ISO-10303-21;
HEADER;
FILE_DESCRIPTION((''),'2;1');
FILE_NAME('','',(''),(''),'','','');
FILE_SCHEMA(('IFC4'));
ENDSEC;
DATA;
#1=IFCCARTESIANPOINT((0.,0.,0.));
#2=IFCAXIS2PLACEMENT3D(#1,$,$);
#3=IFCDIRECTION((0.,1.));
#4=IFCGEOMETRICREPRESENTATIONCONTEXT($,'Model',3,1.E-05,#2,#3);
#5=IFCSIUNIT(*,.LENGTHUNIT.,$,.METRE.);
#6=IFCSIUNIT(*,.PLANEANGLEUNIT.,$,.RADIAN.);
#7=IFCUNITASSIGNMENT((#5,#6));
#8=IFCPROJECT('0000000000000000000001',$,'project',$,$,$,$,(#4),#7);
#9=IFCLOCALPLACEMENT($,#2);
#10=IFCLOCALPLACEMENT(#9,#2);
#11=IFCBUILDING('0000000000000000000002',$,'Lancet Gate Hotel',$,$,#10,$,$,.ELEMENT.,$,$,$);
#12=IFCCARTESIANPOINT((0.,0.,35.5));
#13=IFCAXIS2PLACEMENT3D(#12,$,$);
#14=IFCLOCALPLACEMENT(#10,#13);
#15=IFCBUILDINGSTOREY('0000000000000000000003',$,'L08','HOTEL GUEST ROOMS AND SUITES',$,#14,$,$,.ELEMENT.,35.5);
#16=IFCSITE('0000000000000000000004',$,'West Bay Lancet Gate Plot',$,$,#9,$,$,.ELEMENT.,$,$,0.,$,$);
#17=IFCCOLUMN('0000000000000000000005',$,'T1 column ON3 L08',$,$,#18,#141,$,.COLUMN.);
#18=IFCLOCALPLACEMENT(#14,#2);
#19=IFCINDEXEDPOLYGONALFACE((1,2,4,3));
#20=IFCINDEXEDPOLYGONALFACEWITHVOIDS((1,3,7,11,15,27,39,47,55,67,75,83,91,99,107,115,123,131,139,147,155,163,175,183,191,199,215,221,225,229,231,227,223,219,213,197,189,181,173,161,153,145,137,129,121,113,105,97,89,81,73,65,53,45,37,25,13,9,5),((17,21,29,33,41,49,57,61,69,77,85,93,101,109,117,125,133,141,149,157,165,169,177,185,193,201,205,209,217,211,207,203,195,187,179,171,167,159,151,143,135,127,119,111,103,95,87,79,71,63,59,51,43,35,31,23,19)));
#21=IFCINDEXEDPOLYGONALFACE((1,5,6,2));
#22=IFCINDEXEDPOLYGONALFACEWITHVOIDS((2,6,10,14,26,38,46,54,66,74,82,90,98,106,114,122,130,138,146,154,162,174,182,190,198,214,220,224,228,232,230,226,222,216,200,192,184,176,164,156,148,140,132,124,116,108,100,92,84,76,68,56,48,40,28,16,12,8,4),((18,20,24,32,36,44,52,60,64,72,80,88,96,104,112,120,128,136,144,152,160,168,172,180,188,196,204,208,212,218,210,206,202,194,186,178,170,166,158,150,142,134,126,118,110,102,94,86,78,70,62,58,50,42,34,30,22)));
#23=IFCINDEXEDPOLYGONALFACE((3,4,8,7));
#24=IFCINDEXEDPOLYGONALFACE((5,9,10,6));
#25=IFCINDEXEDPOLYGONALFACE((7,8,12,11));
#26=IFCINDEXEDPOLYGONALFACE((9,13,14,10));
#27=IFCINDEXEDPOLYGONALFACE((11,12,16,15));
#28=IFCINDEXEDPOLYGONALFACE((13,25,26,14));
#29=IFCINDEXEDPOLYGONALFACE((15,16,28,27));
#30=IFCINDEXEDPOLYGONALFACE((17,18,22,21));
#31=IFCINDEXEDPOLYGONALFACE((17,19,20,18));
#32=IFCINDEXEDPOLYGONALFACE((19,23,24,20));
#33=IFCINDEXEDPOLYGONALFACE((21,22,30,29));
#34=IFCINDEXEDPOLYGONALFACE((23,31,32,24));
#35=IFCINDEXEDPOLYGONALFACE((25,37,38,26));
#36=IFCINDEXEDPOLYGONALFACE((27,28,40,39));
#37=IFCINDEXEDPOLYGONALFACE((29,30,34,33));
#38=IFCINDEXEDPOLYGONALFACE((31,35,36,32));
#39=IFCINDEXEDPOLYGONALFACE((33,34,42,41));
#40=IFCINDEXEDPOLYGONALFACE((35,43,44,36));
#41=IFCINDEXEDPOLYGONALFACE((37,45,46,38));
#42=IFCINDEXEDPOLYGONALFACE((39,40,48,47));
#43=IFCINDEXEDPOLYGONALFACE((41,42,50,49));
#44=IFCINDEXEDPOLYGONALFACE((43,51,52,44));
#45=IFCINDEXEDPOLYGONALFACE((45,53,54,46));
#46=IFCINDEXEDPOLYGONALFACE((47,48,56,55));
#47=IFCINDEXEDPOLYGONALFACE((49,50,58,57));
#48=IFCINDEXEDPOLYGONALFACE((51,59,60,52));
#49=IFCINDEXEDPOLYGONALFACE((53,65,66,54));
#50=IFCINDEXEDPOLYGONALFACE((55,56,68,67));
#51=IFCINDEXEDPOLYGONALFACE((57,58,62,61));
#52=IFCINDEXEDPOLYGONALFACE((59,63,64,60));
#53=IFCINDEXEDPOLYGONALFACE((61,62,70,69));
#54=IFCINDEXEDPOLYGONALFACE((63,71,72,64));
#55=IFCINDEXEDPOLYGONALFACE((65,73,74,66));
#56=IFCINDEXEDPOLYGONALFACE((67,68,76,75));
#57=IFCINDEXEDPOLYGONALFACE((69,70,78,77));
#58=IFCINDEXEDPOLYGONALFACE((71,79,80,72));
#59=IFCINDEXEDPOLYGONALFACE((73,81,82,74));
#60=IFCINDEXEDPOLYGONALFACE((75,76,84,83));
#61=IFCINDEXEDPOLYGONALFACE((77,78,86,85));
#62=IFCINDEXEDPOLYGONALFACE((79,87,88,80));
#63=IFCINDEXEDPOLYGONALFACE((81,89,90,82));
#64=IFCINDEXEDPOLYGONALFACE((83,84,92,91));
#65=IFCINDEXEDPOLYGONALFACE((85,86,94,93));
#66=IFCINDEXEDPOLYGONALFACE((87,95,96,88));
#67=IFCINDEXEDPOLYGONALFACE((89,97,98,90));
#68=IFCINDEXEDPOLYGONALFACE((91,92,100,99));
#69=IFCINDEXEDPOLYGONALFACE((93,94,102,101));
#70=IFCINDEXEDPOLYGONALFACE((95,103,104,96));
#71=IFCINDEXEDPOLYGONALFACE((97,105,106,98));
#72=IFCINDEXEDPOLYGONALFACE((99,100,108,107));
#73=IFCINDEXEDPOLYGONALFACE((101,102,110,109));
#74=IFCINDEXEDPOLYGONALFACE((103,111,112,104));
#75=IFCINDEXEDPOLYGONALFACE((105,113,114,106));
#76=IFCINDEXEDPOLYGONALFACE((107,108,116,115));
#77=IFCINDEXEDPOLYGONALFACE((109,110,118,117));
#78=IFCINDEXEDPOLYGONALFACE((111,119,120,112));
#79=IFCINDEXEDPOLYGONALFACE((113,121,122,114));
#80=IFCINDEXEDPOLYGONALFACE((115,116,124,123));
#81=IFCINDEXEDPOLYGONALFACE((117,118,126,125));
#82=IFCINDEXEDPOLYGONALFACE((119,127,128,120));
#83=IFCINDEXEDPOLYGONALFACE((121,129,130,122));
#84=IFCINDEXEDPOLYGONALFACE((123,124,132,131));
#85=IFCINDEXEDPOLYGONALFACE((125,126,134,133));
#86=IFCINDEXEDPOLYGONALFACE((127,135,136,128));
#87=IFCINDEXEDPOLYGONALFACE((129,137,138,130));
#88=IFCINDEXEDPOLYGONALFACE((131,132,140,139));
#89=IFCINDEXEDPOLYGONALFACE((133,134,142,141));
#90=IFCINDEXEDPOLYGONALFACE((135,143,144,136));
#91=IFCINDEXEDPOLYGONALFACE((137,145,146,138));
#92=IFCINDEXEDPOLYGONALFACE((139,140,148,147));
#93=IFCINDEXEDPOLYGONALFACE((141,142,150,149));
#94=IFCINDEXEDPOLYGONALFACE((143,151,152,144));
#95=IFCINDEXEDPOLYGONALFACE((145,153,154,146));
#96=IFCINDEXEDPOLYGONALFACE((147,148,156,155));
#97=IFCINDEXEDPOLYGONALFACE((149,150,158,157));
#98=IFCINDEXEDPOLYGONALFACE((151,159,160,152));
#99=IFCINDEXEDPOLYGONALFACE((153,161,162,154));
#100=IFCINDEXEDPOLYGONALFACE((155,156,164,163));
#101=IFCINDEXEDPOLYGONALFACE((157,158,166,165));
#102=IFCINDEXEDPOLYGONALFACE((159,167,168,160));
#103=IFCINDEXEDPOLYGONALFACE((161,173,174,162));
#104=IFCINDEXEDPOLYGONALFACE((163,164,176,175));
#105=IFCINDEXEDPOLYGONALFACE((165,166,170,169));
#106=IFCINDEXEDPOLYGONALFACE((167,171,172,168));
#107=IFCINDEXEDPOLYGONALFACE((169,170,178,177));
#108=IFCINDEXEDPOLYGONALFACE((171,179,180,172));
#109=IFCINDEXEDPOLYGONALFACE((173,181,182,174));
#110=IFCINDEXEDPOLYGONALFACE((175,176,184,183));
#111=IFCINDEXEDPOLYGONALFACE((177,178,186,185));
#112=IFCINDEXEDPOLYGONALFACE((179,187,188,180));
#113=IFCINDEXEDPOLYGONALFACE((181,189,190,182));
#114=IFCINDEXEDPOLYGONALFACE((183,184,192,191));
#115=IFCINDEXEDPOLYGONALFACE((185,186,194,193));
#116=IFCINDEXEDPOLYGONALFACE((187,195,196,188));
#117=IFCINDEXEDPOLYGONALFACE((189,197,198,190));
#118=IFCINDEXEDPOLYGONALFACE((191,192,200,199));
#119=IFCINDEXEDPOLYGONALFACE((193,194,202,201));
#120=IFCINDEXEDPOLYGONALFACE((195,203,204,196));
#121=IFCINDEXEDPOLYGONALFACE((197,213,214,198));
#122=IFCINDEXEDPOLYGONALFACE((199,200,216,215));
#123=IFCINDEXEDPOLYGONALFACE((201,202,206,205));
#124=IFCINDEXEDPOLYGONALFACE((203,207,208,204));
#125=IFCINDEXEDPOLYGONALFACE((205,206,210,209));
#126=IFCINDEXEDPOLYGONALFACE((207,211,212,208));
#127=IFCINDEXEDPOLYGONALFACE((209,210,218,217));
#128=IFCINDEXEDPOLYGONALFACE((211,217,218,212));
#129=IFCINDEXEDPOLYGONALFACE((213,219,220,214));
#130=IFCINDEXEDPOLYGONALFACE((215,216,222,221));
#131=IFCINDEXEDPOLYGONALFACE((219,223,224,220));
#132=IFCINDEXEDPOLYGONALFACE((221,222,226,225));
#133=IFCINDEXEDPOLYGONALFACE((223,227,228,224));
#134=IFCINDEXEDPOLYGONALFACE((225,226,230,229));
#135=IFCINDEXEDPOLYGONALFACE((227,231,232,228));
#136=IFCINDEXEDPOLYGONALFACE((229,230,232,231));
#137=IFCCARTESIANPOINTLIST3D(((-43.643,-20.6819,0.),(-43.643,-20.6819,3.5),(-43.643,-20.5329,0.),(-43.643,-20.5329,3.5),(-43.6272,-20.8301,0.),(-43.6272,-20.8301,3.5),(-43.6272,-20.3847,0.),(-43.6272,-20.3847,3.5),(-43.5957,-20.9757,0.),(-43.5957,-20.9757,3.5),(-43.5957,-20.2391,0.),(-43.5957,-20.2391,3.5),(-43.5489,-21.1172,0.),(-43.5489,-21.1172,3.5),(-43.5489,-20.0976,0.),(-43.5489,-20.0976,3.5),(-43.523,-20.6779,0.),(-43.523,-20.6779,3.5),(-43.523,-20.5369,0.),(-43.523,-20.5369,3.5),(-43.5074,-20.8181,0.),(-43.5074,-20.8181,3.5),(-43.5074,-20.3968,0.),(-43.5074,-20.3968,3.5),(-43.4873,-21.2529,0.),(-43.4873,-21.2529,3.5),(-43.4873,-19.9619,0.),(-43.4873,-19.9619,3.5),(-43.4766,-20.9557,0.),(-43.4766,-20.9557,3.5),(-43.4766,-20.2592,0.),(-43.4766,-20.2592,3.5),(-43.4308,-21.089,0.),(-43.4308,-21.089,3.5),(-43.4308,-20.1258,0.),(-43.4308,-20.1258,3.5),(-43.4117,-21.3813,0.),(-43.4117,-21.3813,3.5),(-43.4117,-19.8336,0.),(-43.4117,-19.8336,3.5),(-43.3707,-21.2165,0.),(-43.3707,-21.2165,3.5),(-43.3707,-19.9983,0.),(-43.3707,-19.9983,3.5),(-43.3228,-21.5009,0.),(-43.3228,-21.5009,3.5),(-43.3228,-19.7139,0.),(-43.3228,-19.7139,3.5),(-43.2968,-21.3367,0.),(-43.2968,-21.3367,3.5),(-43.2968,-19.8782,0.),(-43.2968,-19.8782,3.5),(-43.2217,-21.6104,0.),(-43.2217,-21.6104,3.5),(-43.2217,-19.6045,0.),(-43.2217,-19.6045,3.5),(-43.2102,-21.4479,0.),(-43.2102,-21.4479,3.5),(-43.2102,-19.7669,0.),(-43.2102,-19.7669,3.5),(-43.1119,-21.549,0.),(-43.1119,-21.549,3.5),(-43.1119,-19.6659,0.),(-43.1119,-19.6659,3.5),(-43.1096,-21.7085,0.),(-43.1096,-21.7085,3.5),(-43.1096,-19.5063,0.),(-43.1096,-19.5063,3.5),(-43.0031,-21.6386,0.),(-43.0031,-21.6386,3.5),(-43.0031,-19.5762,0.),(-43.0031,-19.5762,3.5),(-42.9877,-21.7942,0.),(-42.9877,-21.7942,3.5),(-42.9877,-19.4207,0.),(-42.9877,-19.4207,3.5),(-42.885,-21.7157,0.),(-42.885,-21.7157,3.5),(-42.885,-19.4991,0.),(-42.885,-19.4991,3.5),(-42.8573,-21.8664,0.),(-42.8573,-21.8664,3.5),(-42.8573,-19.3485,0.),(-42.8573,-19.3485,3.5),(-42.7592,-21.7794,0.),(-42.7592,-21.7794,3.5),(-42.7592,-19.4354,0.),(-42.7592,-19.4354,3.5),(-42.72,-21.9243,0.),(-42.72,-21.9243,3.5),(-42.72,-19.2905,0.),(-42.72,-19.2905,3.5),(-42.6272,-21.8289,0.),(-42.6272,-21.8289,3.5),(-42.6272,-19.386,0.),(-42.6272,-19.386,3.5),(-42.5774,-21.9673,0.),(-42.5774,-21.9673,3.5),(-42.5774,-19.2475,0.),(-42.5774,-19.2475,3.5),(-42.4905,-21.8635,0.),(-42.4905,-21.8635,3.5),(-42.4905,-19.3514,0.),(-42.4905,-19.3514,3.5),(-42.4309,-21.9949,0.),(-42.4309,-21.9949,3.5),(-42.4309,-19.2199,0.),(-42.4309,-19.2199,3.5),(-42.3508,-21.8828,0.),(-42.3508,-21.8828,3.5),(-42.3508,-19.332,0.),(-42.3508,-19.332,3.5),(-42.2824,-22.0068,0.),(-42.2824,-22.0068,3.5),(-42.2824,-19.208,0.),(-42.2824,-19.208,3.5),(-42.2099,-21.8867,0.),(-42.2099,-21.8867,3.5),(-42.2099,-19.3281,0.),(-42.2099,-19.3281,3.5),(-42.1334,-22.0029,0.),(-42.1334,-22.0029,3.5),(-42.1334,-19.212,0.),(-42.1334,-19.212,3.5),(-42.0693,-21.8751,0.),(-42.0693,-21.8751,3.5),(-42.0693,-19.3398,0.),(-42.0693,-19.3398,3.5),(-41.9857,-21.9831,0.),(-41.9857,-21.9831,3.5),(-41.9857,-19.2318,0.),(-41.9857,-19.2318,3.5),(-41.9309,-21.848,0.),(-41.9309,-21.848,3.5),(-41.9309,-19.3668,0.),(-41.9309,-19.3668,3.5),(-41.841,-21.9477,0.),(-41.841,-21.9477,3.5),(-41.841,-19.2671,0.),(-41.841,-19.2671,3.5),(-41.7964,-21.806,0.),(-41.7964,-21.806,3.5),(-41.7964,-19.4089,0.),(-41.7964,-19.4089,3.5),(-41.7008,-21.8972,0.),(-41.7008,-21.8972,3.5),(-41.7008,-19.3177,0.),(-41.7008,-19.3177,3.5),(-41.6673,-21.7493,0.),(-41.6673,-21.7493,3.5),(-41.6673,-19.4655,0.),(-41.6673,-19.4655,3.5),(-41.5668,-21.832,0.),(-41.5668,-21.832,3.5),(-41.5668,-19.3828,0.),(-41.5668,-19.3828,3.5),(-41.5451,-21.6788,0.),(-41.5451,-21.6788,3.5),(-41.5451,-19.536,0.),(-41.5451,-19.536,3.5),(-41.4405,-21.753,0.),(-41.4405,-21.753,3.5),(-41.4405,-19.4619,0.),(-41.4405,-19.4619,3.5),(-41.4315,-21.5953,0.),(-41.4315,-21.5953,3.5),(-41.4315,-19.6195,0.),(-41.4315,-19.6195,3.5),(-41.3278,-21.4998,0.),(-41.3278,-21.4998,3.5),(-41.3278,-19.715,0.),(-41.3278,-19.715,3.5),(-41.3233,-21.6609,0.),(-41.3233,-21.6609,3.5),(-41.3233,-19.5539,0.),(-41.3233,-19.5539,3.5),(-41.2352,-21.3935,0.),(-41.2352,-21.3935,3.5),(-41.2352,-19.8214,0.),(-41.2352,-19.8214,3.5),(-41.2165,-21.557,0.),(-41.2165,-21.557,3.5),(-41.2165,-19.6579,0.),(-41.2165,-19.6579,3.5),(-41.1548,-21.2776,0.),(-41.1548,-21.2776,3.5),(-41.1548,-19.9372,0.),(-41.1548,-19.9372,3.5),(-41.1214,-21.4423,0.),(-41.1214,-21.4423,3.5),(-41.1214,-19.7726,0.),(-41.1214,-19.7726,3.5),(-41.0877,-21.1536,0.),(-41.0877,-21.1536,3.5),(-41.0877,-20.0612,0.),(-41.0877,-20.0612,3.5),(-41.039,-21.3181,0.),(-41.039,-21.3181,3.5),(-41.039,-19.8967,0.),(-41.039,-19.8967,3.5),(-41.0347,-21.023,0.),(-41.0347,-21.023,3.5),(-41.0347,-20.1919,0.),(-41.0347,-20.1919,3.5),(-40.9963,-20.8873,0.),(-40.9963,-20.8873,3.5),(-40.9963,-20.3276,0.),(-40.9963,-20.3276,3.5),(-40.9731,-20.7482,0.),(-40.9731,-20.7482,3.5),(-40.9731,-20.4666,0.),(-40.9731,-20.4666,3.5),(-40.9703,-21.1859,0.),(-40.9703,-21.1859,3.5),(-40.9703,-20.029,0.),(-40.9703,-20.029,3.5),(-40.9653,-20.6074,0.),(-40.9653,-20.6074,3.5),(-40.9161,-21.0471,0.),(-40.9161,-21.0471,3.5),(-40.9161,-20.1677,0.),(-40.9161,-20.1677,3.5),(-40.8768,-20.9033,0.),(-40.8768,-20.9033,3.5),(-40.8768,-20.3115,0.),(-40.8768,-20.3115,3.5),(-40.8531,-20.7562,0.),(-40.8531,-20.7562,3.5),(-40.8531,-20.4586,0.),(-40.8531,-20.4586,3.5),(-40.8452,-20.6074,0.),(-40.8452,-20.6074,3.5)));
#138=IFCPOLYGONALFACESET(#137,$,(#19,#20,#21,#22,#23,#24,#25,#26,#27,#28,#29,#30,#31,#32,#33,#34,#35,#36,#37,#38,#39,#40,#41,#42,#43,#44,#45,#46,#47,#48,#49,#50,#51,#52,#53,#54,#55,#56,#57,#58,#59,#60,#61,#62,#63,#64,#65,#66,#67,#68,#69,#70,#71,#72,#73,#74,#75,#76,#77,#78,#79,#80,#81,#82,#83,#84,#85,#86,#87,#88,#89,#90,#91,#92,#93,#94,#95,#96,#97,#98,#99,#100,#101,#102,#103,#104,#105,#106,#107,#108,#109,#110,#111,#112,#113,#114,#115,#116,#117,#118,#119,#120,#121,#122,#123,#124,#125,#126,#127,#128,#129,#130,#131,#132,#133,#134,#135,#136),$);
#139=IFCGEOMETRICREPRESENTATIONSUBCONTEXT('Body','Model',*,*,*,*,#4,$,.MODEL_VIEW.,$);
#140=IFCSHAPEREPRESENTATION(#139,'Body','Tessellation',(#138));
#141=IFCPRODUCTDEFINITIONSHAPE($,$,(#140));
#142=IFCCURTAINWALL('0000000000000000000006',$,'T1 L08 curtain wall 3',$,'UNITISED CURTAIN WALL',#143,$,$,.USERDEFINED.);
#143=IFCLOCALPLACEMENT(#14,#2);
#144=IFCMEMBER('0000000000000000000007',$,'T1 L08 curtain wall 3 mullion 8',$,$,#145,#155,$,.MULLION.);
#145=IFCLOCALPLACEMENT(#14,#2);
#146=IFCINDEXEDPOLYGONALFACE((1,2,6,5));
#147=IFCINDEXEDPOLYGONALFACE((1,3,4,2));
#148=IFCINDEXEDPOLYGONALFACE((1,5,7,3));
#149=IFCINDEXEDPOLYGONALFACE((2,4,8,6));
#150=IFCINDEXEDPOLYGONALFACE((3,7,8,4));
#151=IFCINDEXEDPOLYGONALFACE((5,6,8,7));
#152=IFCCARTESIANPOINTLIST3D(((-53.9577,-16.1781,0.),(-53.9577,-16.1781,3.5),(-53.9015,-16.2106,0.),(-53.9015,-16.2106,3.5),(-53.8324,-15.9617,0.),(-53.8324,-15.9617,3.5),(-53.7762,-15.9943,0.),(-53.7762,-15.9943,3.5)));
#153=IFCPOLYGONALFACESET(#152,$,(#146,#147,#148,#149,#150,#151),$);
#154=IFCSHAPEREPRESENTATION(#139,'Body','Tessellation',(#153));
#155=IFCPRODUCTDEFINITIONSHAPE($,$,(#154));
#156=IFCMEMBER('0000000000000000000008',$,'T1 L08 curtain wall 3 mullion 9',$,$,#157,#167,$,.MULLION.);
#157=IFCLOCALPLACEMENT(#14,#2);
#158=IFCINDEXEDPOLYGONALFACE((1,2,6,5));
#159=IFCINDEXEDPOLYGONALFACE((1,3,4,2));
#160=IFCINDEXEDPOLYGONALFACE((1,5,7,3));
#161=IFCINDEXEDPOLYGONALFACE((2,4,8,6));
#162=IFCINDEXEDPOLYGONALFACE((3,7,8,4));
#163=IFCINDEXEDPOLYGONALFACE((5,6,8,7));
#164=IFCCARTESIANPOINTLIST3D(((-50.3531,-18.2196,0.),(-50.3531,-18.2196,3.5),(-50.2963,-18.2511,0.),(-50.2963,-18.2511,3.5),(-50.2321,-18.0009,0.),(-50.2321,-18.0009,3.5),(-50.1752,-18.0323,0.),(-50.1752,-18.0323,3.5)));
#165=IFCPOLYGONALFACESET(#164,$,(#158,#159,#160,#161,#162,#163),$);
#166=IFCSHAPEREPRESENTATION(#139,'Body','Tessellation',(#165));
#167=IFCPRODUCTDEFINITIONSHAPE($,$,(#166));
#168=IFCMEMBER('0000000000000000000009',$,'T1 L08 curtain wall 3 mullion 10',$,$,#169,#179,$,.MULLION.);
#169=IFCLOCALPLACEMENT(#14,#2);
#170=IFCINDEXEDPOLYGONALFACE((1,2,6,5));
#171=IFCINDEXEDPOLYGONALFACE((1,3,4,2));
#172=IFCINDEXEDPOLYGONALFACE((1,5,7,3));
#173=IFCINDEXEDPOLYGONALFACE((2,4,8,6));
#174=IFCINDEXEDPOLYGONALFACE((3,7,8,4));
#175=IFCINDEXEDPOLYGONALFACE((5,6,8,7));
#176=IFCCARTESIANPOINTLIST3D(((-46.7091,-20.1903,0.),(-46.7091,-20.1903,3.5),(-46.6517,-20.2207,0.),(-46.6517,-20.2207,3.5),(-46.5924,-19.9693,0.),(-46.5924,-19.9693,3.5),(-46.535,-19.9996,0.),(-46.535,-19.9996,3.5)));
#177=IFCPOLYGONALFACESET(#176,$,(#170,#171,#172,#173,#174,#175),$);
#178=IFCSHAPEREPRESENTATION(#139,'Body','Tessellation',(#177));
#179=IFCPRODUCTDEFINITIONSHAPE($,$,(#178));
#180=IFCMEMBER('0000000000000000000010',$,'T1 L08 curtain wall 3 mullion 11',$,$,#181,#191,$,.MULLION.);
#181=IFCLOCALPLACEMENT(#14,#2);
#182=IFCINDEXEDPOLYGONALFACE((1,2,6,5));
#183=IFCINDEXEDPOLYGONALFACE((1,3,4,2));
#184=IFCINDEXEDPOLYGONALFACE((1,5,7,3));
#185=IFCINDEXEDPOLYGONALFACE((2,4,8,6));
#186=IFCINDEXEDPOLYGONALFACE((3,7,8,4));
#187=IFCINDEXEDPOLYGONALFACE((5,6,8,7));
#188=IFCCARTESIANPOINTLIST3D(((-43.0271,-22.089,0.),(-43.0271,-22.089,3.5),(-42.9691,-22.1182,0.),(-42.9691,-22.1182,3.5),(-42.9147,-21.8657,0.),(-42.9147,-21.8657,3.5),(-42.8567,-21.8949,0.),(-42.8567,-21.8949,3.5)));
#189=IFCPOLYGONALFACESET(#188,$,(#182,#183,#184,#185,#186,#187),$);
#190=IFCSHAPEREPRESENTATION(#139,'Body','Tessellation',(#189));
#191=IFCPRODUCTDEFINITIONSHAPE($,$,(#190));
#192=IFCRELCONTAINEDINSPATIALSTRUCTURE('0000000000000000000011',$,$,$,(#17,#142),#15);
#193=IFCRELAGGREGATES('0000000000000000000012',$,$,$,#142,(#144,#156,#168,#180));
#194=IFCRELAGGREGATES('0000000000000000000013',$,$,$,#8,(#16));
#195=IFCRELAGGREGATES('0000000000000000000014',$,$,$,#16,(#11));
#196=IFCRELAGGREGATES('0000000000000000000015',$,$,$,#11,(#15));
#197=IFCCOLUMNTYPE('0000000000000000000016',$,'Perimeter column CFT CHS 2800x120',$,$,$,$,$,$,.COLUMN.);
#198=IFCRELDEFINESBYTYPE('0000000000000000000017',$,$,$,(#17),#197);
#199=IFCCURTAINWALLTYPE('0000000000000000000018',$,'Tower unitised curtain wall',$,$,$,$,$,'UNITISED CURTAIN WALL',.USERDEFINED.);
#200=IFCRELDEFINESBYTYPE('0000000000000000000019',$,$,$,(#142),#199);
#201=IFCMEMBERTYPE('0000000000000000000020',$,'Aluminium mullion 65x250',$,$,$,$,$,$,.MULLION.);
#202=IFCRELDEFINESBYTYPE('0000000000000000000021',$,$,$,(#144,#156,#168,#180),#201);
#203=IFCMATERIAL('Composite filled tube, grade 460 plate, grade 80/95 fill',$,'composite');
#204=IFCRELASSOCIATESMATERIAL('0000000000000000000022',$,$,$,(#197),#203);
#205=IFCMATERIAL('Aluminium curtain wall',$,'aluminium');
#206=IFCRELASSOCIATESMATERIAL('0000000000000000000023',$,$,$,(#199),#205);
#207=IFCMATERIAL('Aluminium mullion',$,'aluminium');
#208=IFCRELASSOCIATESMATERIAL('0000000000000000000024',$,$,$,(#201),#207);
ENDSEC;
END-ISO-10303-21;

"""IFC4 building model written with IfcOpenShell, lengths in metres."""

from ifc_helpers import new_model, si_unit, direction, frame, origin, origin_2d, place, context, subcontext, project, spatial, rectangle, hollow_circle, extrude, material, material_profile, profile_set, type_object, element, aggregate, save


model = new_model("IFC4")

# Units and contexts
model_context = context("Model", 3, precision=1e-05, world=origin(), true_north=direction((0.0, 1.0)))
body_context = subcontext(model_context, "Body", "Model", "MODEL_VIEW")
ifc_project = project(units=[si_unit("LENGTHUNIT", "METRE"), si_unit("PLANEANGLEUNIT", "RADIAN")], contexts=[model_context])

# Site, building, storey
site_placement = place(None, origin())
site = spatial("IfcSite", under=ifc_project, at=site_placement, Name="West Bay Lancet Gate Plot", CompositionType="ELEMENT", RefElevation=0.0)
building_placement = place(site_placement, origin())
building = spatial("IfcBuilding", under=site, at=building_placement, Name="Lancet Gate Hotel", CompositionType="ELEMENT")
storey_placement = place(building_placement, frame((0.0, 0.0, 35.5)))
storey = spatial("IfcBuildingStorey", under=building, at=storey_placement, Name="L08", Description="HOTEL GUEST ROOMS AND SUITES", CompositionType="ELEMENT", Elevation=35.5)

# Column
ifc_material_1 = material(Name="Composite filled tube, grade 460 plate, grade 80/95 fill", Category="composite")
ifc_material_profile_1 = material_profile(ifc_material_1, hollow_circle(Radius=1.3999, WallThickness=0.1201, at=origin_2d()), Name="CHS 2800x120")
ifc_profile_set_1 = profile_set([ifc_material_profile_1], Name="Composite filled tube, grade 460 plate, grade 80/95 fill")
column_type = type_object("IfcColumnType", Name="Perimeter column CFT CHS 2800x120", PredefinedType="COLUMN", material=ifc_profile_set_1)
column_placement = place(storey_placement, frame((-42.2451, -20.6074, 0.0), z_axis=(0.0, 0.0, 1.0), x_axis=(1.0, 0.0, 0.0)))
element("IfcColumn", 1, at=column_placement, inside=storey, type_object=column_type, Name="T1 column ON3 L08", PredefinedType="COLUMN", context=body_context, shape_type="SweptSolid", body=[
    extrude(hollow_circle(Radius=1.3999, WallThickness=0.1201, at=origin_2d()), origin(), (0.0, 0.0, 1.0), 3.5),
])

# Curtain wall, members
ifc_material_2 = material(Name="Aluminium curtain wall", Category="aluminium")
curtain_wall_type = type_object("IfcCurtainWallType", Name="Tower unitised curtain wall", ElementType="UNITISED CURTAIN WALL", PredefinedType="USERDEFINED", material=ifc_material_2)
curtain_wall_placement = place(storey_placement, origin())
curtain_wall = element("IfcCurtainWall", 2, at=curtain_wall_placement, inside=storey, type_object=curtain_wall_type, Name="T1 L08 curtain wall 3", ObjectType="UNITISED CURTAIN WALL", PredefinedType="USERDEFINED")
ifc_material_3 = material(Name="Aluminium mullion", Category="aluminium")
ifc_material_profile_2 = material_profile(ifc_material_3, rectangle(XDim=0.0649, YDim=0.25, at=origin_2d()), Name="MULLION 65x250")
ifc_profile_set_2 = profile_set([ifc_material_profile_2], Name="Aluminium mullion")
member_type_1 = type_object("IfcMemberType", Name="Aluminium mullion 65x250", PredefinedType="MULLION", material=ifc_profile_set_2)
member_1_placement = place(storey_placement, frame((-53.8669, -16.0862, 0.0), z_axis=(0.0, 0.0, 1.0), x_axis=(0.865335, -0.501194, 0.0)))
member_1 = element("IfcMember", 3, at=member_1_placement, type_object=member_type_1, Name="T1 L08 curtain wall 3 mullion 8", PredefinedType="MULLION", context=body_context, shape_type="SweptSolid", body=[
    extrude(rectangle(XDim=0.0649, YDim=0.25, at=origin_2d()), origin(), (0.0, 0.0, 1.0), 3.5),
])
member_2_placement = place(storey_placement, frame((-50.2642, -18.126, 0.0), z_axis=(0.0, 0.0, 1.0), x_axis=(0.874991, -0.484139, 0.0)))
member_2 = element("IfcMember", 4, at=member_2_placement, type_object=member_type_1, Name="T1 L08 curtain wall 3 mullion 9", PredefinedType="MULLION", context=body_context, shape_type="SweptSolid", body=[
    extrude(rectangle(XDim=0.0649, YDim=0.25, at=origin_2d()), origin(), (0.0, 0.0, 1.0), 3.5),
])
member_3_placement = place(storey_placement, frame((-46.6221, -20.095, 0.0), z_axis=(0.0, 0.0, 1.0), x_axis=(0.884311, -0.466898, 0.0)))
member_3 = element("IfcMember", 5, at=member_3_placement, type_object=member_type_1, Name="T1 L08 curtain wall 3 mullion 10", PredefinedType="MULLION", context=body_context, shape_type="SweptSolid", body=[
    extrude(rectangle(XDim=0.0649, YDim=0.25, at=origin_2d()), origin(), (0.0, 0.0, 1.0), 3.5),
])
member_4_placement = place(storey_placement, frame((-42.9419, -21.9919, 0.0), z_axis=(0.0, 0.0, 1.0), x_axis=(0.893292, -0.449478, 0.0)))
member_4 = element("IfcMember", 6, at=member_4_placement, type_object=member_type_1, Name="T1 L08 curtain wall 3 mullion 11", PredefinedType="MULLION", context=body_context, shape_type="SweptSolid", body=[
    extrude(rectangle(XDim=0.0649, YDim=0.25, at=origin_2d()), origin(), (0.0, 0.0, 1.0), 3.5),
])

aggregate(curtain_wall, [member_1, member_2, member_3, member_4])

save(model, "model.ifc")
